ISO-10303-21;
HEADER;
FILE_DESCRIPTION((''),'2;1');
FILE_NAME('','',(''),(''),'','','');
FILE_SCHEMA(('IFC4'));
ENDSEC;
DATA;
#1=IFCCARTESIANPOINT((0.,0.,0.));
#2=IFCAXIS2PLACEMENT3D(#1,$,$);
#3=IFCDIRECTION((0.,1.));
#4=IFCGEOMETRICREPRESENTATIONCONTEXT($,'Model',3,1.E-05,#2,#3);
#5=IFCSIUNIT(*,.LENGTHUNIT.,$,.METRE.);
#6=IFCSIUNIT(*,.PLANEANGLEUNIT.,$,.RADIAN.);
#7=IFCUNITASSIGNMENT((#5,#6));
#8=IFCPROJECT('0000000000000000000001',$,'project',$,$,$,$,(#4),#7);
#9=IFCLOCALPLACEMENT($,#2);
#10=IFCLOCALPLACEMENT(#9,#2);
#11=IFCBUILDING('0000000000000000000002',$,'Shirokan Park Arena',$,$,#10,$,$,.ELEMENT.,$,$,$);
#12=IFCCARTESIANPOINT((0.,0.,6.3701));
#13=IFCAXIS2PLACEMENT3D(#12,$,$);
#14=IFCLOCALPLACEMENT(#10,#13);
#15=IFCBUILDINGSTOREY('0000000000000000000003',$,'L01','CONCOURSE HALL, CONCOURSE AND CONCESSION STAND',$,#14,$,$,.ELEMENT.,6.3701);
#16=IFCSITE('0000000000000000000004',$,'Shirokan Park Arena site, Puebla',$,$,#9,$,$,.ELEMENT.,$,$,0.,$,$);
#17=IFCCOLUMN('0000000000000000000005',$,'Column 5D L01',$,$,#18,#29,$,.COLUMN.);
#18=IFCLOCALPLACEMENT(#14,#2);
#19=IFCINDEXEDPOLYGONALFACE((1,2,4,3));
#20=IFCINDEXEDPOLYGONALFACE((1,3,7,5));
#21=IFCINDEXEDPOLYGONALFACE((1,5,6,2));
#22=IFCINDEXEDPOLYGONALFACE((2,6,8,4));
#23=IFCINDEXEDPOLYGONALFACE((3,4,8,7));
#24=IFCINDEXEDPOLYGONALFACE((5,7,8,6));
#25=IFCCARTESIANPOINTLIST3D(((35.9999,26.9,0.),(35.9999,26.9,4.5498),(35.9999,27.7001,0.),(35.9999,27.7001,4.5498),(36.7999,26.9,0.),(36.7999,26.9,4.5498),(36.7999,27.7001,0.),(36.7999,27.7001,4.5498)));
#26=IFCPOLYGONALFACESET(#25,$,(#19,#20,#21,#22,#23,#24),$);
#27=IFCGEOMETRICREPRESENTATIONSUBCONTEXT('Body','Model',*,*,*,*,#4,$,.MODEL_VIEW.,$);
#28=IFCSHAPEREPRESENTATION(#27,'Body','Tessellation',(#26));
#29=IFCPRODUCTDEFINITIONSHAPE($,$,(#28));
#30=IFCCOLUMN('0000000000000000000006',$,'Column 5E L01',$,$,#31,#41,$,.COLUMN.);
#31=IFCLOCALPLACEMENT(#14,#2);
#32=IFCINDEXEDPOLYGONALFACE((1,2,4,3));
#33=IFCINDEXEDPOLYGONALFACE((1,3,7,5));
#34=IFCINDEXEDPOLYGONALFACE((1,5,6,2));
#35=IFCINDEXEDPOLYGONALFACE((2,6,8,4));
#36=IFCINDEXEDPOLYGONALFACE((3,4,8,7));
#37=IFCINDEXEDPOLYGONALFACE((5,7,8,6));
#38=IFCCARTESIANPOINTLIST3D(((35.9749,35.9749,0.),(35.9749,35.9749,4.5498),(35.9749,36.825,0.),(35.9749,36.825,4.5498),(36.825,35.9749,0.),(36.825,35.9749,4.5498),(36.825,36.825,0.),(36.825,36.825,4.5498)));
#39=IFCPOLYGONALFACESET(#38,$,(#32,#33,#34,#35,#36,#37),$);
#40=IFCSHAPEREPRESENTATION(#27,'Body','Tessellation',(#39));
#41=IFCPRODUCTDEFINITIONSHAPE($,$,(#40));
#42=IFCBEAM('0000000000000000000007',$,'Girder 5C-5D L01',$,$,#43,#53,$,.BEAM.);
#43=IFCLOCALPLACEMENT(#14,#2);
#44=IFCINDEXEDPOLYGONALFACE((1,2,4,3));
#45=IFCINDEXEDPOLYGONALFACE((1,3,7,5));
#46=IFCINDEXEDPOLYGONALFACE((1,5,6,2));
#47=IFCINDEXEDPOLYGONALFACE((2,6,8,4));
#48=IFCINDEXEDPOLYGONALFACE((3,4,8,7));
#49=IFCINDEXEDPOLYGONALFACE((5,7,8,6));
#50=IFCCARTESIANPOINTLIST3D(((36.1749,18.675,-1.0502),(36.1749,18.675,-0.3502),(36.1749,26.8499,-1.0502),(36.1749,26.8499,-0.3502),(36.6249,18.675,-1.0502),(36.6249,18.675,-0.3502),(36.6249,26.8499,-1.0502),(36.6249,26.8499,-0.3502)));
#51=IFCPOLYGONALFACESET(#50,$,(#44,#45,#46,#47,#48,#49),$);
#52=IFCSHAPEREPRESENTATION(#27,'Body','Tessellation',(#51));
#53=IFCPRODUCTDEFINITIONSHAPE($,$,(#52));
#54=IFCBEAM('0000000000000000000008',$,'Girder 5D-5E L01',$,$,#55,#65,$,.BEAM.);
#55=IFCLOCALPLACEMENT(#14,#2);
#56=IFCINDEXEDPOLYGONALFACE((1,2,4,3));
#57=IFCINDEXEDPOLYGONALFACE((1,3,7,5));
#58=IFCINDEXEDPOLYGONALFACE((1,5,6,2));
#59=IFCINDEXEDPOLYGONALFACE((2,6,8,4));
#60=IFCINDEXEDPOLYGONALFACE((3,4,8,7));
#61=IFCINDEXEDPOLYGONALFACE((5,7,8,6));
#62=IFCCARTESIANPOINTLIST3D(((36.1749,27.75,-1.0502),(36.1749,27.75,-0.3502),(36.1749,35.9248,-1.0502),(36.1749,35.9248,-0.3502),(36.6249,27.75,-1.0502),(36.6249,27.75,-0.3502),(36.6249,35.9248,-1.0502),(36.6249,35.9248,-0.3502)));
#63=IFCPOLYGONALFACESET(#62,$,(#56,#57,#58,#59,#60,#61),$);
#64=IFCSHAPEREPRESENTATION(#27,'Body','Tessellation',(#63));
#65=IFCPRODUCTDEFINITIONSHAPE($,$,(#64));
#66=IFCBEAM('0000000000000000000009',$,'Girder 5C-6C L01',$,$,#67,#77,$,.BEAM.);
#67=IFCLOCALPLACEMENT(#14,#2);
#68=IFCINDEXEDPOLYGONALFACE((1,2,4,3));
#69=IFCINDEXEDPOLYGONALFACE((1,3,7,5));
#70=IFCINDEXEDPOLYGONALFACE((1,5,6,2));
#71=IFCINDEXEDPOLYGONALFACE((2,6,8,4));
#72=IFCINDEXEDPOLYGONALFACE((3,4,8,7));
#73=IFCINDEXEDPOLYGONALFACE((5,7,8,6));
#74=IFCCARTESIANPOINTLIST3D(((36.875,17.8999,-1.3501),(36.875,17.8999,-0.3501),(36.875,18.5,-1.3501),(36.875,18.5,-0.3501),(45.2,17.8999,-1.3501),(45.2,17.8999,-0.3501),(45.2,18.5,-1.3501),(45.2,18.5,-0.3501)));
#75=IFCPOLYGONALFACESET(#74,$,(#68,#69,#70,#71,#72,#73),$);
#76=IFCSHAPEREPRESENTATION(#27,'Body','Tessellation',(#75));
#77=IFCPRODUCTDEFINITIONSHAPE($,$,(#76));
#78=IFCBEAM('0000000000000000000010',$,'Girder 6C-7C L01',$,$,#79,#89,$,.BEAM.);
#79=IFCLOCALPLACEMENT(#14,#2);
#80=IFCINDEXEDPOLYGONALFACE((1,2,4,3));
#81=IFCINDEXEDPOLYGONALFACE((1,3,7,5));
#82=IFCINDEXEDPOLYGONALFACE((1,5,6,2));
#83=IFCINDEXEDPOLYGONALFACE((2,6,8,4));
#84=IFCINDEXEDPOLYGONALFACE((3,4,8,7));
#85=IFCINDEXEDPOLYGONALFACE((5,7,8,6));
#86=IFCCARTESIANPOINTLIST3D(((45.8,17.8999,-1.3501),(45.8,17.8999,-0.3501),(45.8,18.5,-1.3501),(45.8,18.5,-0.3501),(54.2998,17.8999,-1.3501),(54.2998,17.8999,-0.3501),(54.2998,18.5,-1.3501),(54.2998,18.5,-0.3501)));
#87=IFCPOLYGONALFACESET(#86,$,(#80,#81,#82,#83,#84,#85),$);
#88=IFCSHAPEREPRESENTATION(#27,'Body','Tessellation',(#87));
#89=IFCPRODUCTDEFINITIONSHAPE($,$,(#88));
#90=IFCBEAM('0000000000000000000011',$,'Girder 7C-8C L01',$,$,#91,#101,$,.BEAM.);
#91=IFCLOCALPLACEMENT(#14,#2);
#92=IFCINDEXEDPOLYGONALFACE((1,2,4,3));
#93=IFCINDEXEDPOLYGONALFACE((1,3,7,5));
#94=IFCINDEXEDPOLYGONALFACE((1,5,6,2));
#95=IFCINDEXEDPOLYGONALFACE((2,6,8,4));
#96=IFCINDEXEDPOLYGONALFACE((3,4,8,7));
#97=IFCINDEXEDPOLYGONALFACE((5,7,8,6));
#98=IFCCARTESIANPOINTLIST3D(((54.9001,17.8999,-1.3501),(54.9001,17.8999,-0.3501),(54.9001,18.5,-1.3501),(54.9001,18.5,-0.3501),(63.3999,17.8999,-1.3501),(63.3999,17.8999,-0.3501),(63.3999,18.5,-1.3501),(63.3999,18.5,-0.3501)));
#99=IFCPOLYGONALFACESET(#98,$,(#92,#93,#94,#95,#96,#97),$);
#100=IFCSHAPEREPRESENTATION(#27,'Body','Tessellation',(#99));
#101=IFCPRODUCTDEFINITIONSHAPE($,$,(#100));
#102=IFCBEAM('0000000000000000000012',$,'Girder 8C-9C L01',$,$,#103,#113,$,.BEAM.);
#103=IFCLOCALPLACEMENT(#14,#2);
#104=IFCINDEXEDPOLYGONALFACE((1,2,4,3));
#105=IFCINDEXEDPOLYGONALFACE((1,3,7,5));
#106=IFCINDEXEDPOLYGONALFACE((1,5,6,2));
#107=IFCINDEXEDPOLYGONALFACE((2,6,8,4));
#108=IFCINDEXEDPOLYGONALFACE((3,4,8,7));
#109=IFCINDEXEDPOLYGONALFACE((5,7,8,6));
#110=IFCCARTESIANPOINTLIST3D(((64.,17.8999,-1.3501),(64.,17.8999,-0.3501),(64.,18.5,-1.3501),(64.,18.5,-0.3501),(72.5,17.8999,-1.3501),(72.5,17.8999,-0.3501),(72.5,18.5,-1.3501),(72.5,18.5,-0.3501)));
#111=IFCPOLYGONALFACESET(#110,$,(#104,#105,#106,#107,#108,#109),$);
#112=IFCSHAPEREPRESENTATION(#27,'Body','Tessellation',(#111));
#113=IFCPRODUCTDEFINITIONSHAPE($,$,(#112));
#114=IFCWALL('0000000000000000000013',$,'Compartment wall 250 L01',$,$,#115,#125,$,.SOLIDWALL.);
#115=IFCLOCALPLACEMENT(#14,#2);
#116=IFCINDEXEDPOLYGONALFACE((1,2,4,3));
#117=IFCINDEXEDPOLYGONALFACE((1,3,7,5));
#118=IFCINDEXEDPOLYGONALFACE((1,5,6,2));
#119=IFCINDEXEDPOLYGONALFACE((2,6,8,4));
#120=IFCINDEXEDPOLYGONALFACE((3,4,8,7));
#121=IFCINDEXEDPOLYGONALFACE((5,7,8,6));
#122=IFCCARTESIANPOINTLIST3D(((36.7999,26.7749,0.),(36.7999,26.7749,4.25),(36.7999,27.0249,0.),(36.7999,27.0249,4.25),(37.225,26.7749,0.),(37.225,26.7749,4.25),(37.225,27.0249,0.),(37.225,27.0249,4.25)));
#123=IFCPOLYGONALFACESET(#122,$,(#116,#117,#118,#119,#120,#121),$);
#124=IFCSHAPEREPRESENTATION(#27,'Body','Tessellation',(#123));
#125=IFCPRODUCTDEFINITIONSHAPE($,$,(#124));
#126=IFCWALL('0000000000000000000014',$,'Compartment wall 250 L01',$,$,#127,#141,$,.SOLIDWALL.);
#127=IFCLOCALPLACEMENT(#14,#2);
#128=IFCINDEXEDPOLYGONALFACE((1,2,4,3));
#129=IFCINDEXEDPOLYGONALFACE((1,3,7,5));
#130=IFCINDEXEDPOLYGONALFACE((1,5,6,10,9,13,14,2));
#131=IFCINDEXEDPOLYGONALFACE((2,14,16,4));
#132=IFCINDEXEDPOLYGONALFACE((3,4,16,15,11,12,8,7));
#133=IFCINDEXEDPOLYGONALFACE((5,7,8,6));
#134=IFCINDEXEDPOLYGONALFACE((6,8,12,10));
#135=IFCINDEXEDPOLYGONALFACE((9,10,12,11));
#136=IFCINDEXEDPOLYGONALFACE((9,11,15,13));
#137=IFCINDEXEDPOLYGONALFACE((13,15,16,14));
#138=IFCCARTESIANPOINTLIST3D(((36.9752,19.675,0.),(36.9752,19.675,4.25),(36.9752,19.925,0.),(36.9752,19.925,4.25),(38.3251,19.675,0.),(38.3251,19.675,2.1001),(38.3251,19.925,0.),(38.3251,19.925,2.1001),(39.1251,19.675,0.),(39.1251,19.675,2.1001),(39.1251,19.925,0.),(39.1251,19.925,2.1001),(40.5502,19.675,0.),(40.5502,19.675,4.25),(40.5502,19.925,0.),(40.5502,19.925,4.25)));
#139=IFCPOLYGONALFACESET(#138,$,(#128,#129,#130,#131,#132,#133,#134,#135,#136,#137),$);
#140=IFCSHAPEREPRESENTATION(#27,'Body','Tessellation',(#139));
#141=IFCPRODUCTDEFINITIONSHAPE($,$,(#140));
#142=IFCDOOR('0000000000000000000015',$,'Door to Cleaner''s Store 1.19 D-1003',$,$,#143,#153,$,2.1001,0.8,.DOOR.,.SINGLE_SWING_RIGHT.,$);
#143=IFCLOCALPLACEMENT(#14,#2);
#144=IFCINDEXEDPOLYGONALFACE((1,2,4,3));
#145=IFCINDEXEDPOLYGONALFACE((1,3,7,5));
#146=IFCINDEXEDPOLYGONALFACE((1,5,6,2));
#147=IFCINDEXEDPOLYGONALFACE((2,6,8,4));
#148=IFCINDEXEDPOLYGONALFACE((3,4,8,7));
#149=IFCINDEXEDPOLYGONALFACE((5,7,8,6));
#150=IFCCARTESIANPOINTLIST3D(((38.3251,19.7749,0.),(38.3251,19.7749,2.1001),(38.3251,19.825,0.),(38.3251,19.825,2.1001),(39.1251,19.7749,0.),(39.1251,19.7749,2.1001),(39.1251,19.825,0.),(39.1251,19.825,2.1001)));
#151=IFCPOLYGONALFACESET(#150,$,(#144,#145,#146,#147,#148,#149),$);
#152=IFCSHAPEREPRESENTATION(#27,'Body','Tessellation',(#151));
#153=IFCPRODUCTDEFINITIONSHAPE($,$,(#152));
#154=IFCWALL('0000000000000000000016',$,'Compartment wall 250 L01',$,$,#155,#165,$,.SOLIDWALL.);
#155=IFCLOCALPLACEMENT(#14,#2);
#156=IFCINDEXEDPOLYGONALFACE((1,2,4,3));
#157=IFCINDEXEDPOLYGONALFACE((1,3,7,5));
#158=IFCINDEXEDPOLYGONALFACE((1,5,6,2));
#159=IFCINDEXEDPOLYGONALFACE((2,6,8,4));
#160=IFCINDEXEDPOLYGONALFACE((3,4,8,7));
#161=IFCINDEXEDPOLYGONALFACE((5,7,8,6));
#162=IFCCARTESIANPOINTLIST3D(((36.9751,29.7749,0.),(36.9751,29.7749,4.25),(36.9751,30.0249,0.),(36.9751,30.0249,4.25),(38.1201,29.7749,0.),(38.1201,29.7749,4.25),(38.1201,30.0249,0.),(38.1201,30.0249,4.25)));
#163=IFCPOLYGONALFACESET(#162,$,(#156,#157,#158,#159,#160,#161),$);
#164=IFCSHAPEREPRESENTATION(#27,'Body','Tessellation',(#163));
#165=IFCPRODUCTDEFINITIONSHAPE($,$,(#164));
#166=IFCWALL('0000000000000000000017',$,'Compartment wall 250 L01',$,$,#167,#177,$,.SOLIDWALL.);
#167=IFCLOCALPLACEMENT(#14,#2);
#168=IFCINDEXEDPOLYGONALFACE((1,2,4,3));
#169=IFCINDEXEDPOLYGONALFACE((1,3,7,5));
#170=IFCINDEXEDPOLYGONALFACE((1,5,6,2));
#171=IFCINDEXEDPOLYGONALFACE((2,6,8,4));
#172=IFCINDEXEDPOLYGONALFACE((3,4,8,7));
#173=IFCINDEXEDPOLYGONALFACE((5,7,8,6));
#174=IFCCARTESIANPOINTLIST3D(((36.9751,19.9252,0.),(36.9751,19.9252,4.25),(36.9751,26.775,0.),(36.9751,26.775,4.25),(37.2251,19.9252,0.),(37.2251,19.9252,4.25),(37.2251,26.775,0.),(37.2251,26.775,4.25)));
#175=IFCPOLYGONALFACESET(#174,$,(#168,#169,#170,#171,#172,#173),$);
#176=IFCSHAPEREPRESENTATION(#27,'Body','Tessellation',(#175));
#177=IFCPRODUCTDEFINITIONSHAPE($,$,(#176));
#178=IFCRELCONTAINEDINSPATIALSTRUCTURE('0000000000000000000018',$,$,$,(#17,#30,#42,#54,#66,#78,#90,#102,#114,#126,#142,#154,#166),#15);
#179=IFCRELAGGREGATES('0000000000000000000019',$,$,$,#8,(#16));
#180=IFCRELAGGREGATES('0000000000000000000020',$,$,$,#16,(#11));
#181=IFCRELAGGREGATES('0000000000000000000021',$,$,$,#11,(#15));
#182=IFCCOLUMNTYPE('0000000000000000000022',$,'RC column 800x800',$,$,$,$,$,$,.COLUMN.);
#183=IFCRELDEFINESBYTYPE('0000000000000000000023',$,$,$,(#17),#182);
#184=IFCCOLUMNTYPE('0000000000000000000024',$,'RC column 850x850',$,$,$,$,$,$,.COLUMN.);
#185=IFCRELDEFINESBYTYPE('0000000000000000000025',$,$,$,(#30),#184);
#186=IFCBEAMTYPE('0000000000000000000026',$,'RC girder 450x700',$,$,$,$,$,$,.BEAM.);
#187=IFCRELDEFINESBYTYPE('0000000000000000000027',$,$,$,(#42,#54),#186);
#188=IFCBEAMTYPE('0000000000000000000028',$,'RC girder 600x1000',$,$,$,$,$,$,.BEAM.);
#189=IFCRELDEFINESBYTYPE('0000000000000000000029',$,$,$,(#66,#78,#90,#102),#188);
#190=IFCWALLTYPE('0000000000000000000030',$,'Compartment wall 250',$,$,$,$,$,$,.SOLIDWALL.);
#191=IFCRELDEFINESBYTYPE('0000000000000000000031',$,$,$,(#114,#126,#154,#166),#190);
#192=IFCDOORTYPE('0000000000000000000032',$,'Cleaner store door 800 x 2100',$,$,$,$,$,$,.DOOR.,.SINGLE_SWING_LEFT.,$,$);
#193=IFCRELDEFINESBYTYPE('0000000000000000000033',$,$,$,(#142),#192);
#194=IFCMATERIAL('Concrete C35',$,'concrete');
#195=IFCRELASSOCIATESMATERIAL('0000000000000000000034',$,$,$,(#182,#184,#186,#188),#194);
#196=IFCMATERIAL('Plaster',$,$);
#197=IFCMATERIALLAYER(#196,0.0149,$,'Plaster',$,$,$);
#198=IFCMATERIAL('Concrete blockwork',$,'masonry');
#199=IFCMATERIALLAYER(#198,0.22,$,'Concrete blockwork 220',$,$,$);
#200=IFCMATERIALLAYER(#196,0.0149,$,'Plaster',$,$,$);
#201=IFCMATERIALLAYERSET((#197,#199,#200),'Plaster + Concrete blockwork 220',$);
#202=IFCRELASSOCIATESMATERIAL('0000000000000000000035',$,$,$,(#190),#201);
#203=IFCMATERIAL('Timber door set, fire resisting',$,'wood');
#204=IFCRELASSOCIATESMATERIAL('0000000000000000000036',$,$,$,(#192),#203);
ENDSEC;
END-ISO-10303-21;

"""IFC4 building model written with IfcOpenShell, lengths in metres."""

from ifc_helpers import new_model, si_unit, direction, frame, frame_2d, origin, origin_2d, place, context, subcontext, project, spatial, rectangle, extrude, material, layer, layer_set, material_profile, profile_set, type_object, element, fill, save


model = new_model("IFC4")

# Units and contexts
model_context = context("Model", 3, precision=1e-05, world=origin(), true_north=direction((0.0, 1.0)))
body_context = subcontext(model_context, "Body", "Model", "MODEL_VIEW")
ifc_project = project(units=[si_unit("LENGTHUNIT", "METRE"), si_unit("PLANEANGLEUNIT", "RADIAN")], contexts=[model_context])

# Site, building, storey
site_placement = place(None, origin())
site = spatial("IfcSite", under=ifc_project, at=site_placement, Name="Shirokan Park Arena site, Puebla", CompositionType="ELEMENT", RefElevation=0.0)
building_placement = place(site_placement, origin())
building = spatial("IfcBuilding", under=site, at=building_placement, Name="Shirokan Park Arena", CompositionType="ELEMENT")
storey_placement = place(building_placement, frame((0.0, 0.0, 6.3701)))
storey = spatial("IfcBuildingStorey", under=building, at=storey_placement, Name="L01", Description="CONCOURSE HALL, CONCOURSE AND CONCESSION STAND", CompositionType="ELEMENT", Elevation=6.3701)

# Columns
ifc_material_1 = material(Name="Concrete C35", Category="concrete")
ifc_material_profile_1 = material_profile(ifc_material_1, rectangle(XDim=0.8, YDim=0.8, at=origin_2d()), Name="800x800")
ifc_profile_set_1 = profile_set([ifc_material_profile_1], Name="Concrete C35")
column_type_1 = type_object("IfcColumnType", Name="RC column 800x800", PredefinedType="COLUMN", material=ifc_profile_set_1)
column_1_placement = place(storey_placement, frame((36.3999, 27.3, 0.0), z_axis=(0.0, 0.0, 1.0), x_axis=(1.0, 0.0, 0.0)))
element("IfcColumn", 1, at=column_1_placement, inside=storey, type_object=column_type_1, Name="Column 5D L01", PredefinedType="COLUMN", context=body_context, shape_type="SweptSolid", body=[
    extrude(rectangle(XDim=0.8, YDim=0.8, at=origin_2d()), origin(), (0.0, 0.0, 1.0), 4.5498),
])
ifc_material_profile_2 = material_profile(ifc_material_1, rectangle(XDim=0.8501, YDim=0.8501, at=origin_2d()), Name="850x850")
ifc_profile_set_2 = profile_set([ifc_material_profile_2], Name="Concrete C35")
column_type_2 = type_object("IfcColumnType", Name="RC column 850x850", PredefinedType="COLUMN", material=ifc_profile_set_2)
column_2_placement = place(storey_placement, frame((36.3999, 36.3999, 0.0), z_axis=(0.0, 0.0, 1.0), x_axis=(1.0, 0.0, 0.0)))
element("IfcColumn", 2, at=column_2_placement, inside=storey, type_object=column_type_2, Name="Column 5E L01", PredefinedType="COLUMN", context=body_context, shape_type="SweptSolid", body=[
    extrude(rectangle(XDim=0.8501, YDim=0.8501, at=origin_2d()), origin(), (0.0, 0.0, 1.0), 4.5498),
])

# Beams
ifc_material_profile_3 = material_profile(ifc_material_1, rectangle(XDim=0.45, YDim=0.7, at=origin_2d()), Name="450x700")
ifc_profile_set_3 = profile_set([ifc_material_profile_3], Name="Concrete C35")
beam_type_1 = type_object("IfcBeamType", Name="RC girder 450x700", PredefinedType="BEAM", material=ifc_profile_set_3)
for number, where, z_axis, x_axis, name in (
    (3, (36.3999, 18.675, -0.7002), (0.0, 1.0, 0.0), (-1.0, 0.0, 0.0), "Girder 5C-5D L01"),
    (4, (36.3999, 27.75, -0.7002), (0.0, 1.0, 0.0), (-1.0, 0.0, 0.0), "Girder 5D-5E L01"),
):
    element("IfcBeam", number, at=place(storey_placement, frame(where, z_axis=z_axis, x_axis=x_axis)), inside=storey, type_object=beam_type_1, Name=name, PredefinedType="BEAM", context=body_context, shape_type="SweptSolid", body=[
        extrude(rectangle(XDim=0.45, YDim=0.7, at=origin_2d()), origin(), (0.0, 0.0, 1.0), 8.1748),
    ])
ifc_material_profile_4 = material_profile(ifc_material_1, rectangle(XDim=0.6001, YDim=1.0, at=origin_2d()), Name="600x1000")
ifc_profile_set_4 = profile_set([ifc_material_profile_4], Name="Concrete C35")
beam_type_2 = type_object("IfcBeamType", Name="RC girder 600x1000", PredefinedType="BEAM", material=ifc_profile_set_4)
beam_1_placement = place(storey_placement, frame((36.875, 18.2, -0.8501), z_axis=(1.0, 0.0, 0.0), x_axis=(0.0, 1.0, 0.0)))
element("IfcBeam", 5, at=beam_1_placement, inside=storey, type_object=beam_type_2, Name="Girder 5C-6C L01", PredefinedType="BEAM", context=body_context, shape_type="SweptSolid", body=[
    extrude(rectangle(XDim=0.6001, YDim=1.0, at=origin_2d()), origin(), (0.0, 0.0, 1.0), 8.325),
])
for number, where, z_axis, x_axis, name in (
    (6, (45.8, 18.2, -0.8501), (1.0, 0.0, 0.0), (0.0, 1.0, 0.0), "Girder 6C-7C L01"),
    (7, (54.9001, 18.2, -0.8501), (1.0, 0.0, 0.0), (0.0, 1.0, 0.0), "Girder 7C-8C L01"),
):
    element("IfcBeam", number, at=place(storey_placement, frame(where, z_axis=z_axis, x_axis=x_axis)), inside=storey, type_object=beam_type_2, Name=name, PredefinedType="BEAM", context=body_context, shape_type="SweptSolid", body=[
        extrude(rectangle(XDim=0.6001, YDim=1.0, at=origin_2d()), origin(), (0.0, 0.0, 1.0), 8.4998),
    ])
beam_2_placement = place(storey_placement, frame((64.0, 18.2, -0.8501), z_axis=(1.0, 0.0, 0.0), x_axis=(0.0, 1.0, 0.0)))
element("IfcBeam", 8, at=beam_2_placement, inside=storey, type_object=beam_type_2, Name="Girder 8C-9C L01", PredefinedType="BEAM", context=body_context, shape_type="SweptSolid", body=[
    extrude(rectangle(XDim=0.6001, YDim=1.0, at=origin_2d()), origin(), (0.0, 0.0, 1.0), 8.5),
])

# Wall
ifc_material_2 = material(Name="Plaster")
ifc_layer_1 = layer(ifc_material_2, 0.0149, Name="Plaster")
ifc_material_3 = material(Name="Concrete blockwork", Category="masonry")
ifc_layer_2 = layer(ifc_material_3, 0.22, Name="Concrete blockwork 220")
ifc_layer_3 = layer(ifc_material_2, 0.0149, Name="Plaster")
ifc_layer_set_1 = layer_set([ifc_layer_1, ifc_layer_2, ifc_layer_3], Name="Plaster + Concrete blockwork 220")
wall_type_1 = type_object("IfcWallType", Name="Compartment wall 250", PredefinedType="SOLIDWALL", material=ifc_layer_set_1)
wall_1_placement = place(storey_placement, frame((36.8, 26.8999, 0.0), z_axis=(0.0, 0.0, 1.0), x_axis=(1.0, 0.0, 0.0)))
element("IfcWall", 9, at=wall_1_placement, inside=storey, type_object=wall_type_1, Name="Compartment wall 250 L01", PredefinedType="SOLIDWALL", context=body_context, shape_type="SweptSolid", body=[
    extrude(rectangle(XDim=0.425, YDim=0.25, at=frame_2d((0.2124, 0.0))), origin(), (0.0, 0.0, 1.0), 4.25),
])

# Wall, opening, door
wall_2_placement = place(storey_placement, frame((36.9751, 19.8, 0.0), z_axis=(0.0, 0.0, 1.0), x_axis=(1.0, 0.0, 0.0)))
wall_2 = element("IfcWall", 10, at=wall_2_placement, inside=storey, type_object=wall_type_1, Name="Compartment wall 250 L01", PredefinedType="SOLIDWALL", context=body_context, shape_type="SweptSolid", body=[
    extrude(rectangle(XDim=3.575, YDim=0.25, at=frame_2d((1.7876, 0.0))), origin(), (0.0, 0.0, 1.0), 4.25),
])
opening_1_placement = place(wall_2_placement, frame((1.3501, 0.0, 0.0)))
opening_1 = element("IfcOpeningElement", 11, at=opening_1_placement, cuts=wall_2, PredefinedType="OPENING", context=body_context, shape_type="SweptSolid", body=[
    extrude(rectangle(XDim=0.8, YDim=2.1001, at=frame_2d((0.3999, 1.05))), frame((0.0, 0.135, 0.0), z_axis=(0.0, -1.0, 0.0), x_axis=(1.0, 0.0, 0.0)), (0.0, 0.0, 1.0), 0.27),
])
ifc_material_4 = material(Name="Timber door set, fire resisting", Category="wood")
door_type_1 = type_object("IfcDoorType", Name="Cleaner store door 800 x 2100", OperationType="SINGLE_SWING_LEFT", PredefinedType="DOOR", material=ifc_material_4)
door_1_placement = place(opening_1_placement, origin())
door_1 = element("IfcDoor", 12, at=door_1_placement, inside=storey, type_object=door_type_1, Name="Door to Cleaner's Store 1.19 D-1003", OperationType="SINGLE_SWING_RIGHT", OverallHeight=2.1001, OverallWidth=0.8, PredefinedType="DOOR", context=body_context, shape_type="SweptSolid", body=[
    extrude(rectangle(XDim=0.8, YDim=2.1001, at=frame_2d((0.3999, 1.05))), frame((0.0, 0.0249, 0.0), z_axis=(0.0, -1.0, 0.0), x_axis=(1.0, 0.0, 0.0)), (0.0, 0.0, 1.0), 0.05),
])
fill(opening_1, door_1)

# Walls
wall_3_placement = place(storey_placement, frame((36.9751, 29.8999, 0.0), z_axis=(0.0, 0.0, 1.0), x_axis=(1.0, 0.0, 0.0)))
element("IfcWall", 13, at=wall_3_placement, inside=storey, type_object=wall_type_1, Name="Compartment wall 250 L01", PredefinedType="SOLIDWALL", context=body_context, shape_type="SweptSolid", body=[
    extrude(rectangle(XDim=1.145, YDim=0.25, at=frame_2d((0.5725, 0.0))), origin(), (0.0, 0.0, 1.0), 4.25),
])
wall_4_placement = place(storey_placement, frame((37.1001, 26.7749, 0.0), z_axis=(0.0, 0.0, 1.0), x_axis=(0.0, -1.0, 0.0)))
element("IfcWall", 14, at=wall_4_placement, inside=storey, type_object=wall_type_1, Name="Compartment wall 250 L01", PredefinedType="SOLIDWALL", context=body_context, shape_type="SweptSolid", body=[
    extrude(rectangle(XDim=6.8499, YDim=0.25, at=frame_2d((3.4248, 0.0))), origin(), (0.0, 0.0, 1.0), 4.25),
])

save(model, "model.ifc")
